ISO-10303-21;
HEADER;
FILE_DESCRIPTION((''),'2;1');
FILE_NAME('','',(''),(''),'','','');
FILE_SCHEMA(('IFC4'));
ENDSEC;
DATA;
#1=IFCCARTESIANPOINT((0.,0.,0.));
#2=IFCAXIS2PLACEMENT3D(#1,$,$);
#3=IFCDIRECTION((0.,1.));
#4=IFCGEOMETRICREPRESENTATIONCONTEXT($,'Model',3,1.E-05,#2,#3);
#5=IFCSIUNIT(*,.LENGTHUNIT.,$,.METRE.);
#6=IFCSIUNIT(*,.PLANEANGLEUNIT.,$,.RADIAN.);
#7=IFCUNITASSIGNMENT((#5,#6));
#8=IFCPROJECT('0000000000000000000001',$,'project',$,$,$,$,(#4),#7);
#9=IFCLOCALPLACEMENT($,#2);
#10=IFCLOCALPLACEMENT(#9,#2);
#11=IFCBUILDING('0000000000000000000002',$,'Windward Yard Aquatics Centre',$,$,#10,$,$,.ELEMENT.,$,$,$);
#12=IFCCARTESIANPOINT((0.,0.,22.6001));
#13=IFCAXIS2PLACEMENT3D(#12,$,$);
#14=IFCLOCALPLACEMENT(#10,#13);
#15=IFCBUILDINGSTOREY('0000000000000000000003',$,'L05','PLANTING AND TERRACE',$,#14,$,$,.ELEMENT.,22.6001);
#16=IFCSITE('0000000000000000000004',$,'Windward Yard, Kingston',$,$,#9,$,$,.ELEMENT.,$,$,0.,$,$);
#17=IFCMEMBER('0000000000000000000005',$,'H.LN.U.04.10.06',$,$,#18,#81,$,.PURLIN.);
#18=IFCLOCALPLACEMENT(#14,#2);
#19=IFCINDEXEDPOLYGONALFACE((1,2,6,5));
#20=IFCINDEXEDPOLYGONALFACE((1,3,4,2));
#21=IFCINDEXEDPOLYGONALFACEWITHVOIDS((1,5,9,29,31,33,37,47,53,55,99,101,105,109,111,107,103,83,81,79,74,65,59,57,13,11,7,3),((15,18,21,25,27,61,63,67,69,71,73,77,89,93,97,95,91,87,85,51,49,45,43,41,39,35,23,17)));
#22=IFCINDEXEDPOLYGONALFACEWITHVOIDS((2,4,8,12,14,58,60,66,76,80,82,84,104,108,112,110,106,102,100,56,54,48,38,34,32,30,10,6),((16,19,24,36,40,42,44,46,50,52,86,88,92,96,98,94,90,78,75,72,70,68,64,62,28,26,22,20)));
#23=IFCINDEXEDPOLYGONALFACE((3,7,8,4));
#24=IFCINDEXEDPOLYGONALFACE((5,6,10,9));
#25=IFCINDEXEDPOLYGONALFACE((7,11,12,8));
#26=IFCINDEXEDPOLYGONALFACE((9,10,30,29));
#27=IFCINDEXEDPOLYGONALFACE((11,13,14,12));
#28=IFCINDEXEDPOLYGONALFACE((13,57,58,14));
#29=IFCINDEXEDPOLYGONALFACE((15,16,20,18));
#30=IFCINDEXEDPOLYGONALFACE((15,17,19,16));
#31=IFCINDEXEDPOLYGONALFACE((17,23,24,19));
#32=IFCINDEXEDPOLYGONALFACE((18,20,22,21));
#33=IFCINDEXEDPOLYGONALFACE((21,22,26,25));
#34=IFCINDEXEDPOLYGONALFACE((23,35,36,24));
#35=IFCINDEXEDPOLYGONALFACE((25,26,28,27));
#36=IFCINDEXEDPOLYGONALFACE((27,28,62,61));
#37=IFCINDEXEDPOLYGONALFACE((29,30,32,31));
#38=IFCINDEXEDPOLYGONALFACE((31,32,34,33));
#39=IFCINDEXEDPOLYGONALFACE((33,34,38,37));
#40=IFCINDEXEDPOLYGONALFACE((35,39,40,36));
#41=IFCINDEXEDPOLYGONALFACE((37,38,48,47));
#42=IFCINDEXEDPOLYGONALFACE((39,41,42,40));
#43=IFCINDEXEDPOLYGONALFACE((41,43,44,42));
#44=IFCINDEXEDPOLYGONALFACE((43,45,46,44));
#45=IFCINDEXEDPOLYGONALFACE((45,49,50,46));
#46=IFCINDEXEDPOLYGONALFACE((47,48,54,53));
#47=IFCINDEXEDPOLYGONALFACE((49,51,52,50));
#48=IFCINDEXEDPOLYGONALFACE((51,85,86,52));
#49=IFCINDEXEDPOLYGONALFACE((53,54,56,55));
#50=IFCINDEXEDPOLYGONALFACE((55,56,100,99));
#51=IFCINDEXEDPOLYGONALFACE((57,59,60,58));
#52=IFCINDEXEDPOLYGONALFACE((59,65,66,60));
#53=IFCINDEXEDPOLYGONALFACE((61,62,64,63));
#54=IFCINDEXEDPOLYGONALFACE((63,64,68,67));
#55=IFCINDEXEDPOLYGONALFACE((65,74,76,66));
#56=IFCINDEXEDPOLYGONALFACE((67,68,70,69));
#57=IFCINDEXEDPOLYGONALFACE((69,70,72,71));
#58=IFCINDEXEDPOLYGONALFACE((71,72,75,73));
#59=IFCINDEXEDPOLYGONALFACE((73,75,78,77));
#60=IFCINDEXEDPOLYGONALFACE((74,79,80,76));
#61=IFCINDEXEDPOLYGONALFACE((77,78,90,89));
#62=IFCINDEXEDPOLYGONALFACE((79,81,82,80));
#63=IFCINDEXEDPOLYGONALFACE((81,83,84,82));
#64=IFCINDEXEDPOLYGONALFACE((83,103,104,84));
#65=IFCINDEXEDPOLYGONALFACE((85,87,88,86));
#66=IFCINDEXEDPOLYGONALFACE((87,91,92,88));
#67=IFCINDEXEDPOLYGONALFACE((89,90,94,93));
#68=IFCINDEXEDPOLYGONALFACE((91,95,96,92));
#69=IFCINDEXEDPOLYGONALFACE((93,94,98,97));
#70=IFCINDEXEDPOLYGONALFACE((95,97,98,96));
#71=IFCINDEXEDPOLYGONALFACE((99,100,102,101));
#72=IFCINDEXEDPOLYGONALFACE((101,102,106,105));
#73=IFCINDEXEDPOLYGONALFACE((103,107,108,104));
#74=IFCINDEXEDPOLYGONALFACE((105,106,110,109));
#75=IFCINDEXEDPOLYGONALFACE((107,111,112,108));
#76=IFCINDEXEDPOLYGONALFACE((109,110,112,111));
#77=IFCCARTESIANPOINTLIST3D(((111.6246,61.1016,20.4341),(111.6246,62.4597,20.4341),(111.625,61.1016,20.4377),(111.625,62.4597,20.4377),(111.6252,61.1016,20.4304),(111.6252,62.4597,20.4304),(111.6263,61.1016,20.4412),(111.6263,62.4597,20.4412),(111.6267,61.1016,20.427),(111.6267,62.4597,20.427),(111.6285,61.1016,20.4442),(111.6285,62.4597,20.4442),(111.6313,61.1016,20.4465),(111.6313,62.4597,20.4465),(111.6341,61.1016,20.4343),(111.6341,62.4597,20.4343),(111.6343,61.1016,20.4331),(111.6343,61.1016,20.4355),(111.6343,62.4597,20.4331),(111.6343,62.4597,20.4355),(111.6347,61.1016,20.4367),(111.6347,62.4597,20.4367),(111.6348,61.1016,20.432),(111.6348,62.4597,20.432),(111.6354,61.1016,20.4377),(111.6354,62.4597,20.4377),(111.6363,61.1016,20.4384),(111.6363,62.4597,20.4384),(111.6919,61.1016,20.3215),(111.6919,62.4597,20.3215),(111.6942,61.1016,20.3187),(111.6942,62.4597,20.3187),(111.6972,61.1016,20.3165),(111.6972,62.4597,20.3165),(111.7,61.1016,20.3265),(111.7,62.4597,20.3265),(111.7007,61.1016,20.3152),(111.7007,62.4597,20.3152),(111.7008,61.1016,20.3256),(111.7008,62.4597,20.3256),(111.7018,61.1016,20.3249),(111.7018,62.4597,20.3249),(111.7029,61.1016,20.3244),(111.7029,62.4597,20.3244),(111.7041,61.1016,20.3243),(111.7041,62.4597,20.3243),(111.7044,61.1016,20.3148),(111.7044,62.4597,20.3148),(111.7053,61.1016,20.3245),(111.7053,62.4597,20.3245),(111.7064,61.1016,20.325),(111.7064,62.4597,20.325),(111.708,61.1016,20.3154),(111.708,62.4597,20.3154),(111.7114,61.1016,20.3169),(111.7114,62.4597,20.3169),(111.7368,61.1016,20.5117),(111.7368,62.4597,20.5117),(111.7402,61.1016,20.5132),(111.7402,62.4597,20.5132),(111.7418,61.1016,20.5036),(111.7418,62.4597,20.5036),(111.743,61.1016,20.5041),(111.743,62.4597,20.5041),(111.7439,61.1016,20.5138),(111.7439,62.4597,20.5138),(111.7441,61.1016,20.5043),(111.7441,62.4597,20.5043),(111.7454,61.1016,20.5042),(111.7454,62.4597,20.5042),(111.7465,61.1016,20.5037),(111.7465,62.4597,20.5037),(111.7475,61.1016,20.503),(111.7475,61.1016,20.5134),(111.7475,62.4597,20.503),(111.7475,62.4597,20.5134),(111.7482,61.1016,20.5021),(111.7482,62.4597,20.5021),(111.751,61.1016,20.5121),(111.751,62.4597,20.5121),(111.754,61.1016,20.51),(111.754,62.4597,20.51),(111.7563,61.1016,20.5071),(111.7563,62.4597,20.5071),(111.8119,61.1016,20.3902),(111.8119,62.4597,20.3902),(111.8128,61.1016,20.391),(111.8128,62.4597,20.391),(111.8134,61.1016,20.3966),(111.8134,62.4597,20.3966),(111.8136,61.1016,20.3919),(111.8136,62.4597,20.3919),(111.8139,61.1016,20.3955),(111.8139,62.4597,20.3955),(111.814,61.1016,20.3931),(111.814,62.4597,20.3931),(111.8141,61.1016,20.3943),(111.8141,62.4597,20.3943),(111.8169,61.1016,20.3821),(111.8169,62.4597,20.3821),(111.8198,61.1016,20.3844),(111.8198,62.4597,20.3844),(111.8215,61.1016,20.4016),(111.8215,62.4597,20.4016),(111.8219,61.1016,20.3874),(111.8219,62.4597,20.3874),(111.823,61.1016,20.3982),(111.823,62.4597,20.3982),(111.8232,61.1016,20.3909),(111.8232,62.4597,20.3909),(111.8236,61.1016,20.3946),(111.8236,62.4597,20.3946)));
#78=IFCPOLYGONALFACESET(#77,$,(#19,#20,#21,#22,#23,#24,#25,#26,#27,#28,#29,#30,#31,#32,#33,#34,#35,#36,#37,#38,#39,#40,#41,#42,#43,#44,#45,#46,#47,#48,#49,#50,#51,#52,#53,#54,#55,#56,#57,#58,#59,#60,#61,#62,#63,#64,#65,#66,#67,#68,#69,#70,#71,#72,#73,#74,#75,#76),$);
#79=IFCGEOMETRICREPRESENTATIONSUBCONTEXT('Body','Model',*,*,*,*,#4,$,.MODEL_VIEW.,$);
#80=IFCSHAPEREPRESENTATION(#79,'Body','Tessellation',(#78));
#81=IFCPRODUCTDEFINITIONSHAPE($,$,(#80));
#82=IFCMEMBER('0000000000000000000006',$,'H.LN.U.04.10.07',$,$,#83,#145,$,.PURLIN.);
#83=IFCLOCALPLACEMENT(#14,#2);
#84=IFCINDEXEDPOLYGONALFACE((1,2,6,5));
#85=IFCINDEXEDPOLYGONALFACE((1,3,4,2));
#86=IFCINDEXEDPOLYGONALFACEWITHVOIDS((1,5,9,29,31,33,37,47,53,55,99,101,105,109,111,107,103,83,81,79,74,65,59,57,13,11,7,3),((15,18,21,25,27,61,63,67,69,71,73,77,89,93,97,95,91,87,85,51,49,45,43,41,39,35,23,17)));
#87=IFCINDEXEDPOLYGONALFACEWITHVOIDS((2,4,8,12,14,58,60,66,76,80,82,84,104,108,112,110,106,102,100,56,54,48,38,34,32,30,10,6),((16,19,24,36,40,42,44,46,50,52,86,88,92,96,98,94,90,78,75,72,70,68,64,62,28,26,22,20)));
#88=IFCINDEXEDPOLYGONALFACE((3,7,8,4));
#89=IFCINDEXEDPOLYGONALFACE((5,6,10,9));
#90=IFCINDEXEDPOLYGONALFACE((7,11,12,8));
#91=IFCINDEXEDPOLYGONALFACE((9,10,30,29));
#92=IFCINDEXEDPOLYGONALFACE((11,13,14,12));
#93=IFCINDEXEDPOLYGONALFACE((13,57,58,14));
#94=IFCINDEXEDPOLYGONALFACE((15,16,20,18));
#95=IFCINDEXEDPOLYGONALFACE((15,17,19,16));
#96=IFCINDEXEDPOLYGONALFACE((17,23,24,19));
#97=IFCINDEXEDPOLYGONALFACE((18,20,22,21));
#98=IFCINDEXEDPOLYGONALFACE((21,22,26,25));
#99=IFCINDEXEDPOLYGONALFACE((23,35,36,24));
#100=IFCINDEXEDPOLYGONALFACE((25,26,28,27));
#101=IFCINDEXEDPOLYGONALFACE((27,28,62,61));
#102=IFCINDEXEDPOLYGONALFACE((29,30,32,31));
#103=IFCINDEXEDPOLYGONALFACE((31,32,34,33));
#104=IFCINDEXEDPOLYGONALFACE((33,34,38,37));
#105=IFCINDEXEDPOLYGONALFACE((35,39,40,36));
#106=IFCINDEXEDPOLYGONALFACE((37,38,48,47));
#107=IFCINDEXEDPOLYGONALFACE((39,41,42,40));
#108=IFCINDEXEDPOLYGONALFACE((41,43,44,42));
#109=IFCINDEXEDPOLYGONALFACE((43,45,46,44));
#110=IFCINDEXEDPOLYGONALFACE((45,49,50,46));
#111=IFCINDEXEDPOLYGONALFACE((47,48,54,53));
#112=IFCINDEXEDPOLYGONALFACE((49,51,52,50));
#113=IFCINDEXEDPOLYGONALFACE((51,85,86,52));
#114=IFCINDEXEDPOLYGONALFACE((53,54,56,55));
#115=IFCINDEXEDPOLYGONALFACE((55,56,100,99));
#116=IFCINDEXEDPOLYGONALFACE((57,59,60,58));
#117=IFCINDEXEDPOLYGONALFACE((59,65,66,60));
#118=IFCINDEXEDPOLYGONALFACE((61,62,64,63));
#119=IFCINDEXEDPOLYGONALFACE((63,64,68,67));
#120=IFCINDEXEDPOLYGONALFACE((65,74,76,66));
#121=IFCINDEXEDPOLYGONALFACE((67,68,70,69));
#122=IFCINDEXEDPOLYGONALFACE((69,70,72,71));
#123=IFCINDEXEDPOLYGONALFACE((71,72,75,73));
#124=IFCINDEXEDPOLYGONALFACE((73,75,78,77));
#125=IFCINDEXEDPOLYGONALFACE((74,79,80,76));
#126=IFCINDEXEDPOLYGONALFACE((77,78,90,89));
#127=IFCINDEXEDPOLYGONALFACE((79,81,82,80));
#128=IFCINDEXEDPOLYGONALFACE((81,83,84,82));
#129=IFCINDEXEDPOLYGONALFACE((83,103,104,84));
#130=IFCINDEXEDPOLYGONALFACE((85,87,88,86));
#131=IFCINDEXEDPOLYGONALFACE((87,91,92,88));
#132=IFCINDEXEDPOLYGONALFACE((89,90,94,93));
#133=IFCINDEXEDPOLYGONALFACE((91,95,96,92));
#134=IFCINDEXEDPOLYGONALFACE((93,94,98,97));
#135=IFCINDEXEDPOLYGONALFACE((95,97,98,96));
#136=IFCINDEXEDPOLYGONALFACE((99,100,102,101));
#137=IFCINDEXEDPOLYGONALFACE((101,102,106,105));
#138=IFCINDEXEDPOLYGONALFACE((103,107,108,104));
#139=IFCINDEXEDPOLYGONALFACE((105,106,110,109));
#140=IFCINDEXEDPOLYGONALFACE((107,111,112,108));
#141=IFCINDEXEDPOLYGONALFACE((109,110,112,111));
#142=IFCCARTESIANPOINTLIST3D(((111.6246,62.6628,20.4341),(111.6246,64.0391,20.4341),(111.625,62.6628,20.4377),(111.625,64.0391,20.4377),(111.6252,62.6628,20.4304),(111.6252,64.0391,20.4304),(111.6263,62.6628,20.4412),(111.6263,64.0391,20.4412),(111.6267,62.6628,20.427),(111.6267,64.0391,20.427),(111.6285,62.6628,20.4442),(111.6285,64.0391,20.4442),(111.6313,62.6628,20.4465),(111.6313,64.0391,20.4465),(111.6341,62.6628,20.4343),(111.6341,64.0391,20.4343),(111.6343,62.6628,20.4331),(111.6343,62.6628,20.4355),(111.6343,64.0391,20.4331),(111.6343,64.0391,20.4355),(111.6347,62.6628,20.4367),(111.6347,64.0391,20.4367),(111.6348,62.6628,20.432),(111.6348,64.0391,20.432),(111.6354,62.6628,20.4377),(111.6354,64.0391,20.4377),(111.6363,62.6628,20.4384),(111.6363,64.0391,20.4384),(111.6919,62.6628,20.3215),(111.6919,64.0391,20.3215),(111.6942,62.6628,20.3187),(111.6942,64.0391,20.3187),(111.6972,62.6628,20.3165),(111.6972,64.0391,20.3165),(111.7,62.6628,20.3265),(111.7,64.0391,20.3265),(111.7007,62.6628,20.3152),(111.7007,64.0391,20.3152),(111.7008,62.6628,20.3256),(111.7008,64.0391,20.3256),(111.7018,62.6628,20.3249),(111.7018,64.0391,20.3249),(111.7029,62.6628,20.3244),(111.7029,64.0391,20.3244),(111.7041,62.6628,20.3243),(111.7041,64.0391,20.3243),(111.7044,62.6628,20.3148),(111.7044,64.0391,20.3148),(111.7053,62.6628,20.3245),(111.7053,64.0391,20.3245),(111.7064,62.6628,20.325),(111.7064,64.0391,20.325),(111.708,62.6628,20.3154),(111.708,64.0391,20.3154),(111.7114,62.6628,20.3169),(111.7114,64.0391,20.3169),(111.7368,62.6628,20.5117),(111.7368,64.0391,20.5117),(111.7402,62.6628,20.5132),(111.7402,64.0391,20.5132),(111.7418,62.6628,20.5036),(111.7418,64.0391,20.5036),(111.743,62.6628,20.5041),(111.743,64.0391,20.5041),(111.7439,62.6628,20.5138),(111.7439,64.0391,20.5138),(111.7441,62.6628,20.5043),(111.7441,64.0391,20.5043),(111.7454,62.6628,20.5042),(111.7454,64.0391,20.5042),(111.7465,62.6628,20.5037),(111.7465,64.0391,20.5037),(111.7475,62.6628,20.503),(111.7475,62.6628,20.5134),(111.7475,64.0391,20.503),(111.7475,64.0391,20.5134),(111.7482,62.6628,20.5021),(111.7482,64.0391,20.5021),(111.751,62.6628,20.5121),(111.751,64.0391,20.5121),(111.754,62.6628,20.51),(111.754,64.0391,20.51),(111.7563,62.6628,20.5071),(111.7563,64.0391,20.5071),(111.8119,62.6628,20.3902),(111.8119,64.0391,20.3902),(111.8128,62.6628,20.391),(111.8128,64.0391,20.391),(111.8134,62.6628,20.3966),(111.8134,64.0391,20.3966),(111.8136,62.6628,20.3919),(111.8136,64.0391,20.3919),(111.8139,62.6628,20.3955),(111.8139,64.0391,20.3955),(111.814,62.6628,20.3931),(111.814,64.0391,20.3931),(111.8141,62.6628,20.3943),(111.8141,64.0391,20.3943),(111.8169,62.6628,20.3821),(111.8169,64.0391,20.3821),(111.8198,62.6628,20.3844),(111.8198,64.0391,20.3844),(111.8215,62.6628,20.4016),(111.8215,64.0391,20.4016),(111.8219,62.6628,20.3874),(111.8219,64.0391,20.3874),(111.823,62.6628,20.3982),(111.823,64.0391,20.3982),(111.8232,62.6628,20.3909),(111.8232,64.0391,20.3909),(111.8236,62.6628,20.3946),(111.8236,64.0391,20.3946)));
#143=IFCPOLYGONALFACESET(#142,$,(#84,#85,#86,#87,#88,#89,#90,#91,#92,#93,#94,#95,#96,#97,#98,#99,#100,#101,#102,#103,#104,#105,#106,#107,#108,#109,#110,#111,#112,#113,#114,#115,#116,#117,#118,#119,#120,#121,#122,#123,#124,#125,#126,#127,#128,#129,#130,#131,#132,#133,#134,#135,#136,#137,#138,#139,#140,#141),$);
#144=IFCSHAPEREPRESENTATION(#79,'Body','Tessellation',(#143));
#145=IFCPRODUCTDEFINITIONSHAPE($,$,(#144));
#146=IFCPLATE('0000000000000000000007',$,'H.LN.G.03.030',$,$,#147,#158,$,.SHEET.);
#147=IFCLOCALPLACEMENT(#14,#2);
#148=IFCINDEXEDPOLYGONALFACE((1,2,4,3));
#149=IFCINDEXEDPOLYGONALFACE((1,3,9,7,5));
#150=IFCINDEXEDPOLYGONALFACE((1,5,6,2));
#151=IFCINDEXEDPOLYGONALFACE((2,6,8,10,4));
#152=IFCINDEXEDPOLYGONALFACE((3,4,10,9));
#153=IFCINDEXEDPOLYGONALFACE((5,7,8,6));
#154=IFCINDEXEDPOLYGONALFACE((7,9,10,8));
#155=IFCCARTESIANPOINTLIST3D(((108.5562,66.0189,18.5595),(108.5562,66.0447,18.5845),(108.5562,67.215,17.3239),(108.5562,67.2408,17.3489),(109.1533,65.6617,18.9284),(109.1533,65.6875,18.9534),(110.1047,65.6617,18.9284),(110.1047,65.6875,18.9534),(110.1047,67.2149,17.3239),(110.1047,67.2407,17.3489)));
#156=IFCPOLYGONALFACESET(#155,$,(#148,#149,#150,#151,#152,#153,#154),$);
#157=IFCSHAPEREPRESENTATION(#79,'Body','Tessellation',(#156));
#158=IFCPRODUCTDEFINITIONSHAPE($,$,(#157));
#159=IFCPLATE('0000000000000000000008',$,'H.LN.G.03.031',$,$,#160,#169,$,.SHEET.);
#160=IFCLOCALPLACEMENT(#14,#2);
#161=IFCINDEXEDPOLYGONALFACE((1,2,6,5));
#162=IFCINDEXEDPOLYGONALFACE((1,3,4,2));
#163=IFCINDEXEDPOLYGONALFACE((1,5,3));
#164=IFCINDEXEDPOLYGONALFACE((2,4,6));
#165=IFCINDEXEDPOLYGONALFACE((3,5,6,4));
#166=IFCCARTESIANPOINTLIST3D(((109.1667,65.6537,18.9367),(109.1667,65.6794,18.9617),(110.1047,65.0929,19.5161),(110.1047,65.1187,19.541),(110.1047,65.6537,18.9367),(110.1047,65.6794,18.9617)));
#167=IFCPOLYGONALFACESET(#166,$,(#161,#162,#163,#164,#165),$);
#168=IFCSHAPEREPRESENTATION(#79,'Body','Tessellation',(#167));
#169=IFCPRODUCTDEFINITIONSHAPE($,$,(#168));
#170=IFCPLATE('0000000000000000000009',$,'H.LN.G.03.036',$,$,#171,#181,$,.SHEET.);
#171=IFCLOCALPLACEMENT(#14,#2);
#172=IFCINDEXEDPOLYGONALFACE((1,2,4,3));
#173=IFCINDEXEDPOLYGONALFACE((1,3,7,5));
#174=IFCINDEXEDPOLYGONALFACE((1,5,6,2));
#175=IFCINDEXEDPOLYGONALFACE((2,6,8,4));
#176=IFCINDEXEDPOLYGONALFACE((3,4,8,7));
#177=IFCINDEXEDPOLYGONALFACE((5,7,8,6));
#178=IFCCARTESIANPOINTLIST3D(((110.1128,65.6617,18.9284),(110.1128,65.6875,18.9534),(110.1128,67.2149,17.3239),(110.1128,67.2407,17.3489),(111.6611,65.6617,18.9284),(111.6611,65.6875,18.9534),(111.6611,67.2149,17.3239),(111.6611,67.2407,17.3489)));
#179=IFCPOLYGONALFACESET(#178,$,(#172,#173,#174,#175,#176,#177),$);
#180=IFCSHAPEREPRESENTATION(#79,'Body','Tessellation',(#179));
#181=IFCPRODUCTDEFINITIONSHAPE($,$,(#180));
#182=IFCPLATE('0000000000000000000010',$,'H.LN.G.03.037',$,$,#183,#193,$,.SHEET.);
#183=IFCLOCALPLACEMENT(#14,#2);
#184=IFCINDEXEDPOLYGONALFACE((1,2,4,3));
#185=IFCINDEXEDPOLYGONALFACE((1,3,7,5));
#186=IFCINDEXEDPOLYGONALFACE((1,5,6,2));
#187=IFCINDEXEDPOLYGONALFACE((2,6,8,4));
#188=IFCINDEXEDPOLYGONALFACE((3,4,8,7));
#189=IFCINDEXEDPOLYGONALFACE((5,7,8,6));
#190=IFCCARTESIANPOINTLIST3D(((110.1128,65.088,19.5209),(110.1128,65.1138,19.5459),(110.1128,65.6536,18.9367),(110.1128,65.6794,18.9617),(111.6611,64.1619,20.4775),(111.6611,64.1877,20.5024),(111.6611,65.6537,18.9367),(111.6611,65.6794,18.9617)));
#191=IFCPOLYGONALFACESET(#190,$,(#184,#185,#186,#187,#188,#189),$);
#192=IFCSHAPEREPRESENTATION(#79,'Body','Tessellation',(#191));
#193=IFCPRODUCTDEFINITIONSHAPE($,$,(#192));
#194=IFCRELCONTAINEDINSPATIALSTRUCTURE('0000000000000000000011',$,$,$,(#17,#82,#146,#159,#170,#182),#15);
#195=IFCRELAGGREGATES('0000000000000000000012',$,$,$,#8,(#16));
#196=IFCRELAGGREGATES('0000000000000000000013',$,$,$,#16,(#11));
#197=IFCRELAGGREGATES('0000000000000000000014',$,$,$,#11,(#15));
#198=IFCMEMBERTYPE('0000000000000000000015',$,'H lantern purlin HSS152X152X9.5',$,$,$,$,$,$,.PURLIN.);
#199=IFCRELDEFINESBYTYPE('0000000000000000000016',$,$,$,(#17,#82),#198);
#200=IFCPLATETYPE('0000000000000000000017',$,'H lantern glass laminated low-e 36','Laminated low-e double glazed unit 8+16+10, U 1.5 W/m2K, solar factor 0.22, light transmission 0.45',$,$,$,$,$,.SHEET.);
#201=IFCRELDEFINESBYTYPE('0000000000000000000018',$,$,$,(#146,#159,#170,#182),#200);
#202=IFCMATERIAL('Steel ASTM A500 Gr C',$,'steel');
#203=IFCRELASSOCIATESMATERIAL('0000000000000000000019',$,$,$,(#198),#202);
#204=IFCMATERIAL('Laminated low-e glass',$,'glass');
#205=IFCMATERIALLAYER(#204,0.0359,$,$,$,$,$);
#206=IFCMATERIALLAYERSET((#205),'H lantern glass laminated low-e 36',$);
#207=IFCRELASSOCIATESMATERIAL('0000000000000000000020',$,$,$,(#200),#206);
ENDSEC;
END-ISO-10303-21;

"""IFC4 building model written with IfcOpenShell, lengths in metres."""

from ifc_helpers import new_model, si_unit, direction, frame, origin, origin_2d, place, context, subcontext, project, spatial, polyline, hollow_rectangle, outline, extrude, material, layer, layer_set, material_profile, profile_set, type_object, element, save


model = new_model("IFC4")

# Units and contexts
model_context = context("Model", 3, precision=1e-05, world=origin(), true_north=direction((0.0, 1.0)))
body_context = subcontext(model_context, "Body", "Model", "MODEL_VIEW")
ifc_project = project(units=[si_unit("LENGTHUNIT", "METRE"), si_unit("PLANEANGLEUNIT", "RADIAN")], contexts=[model_context])

# Site, building, storey
site_placement = place(None, origin())
site = spatial("IfcSite", under=ifc_project, at=site_placement, Name="Windward Yard, Kingston", CompositionType="ELEMENT", RefElevation=0.0)
building_placement = place(site_placement, origin())
building = spatial("IfcBuilding", under=site, at=building_placement, Name="Windward Yard Aquatics Centre", CompositionType="ELEMENT")
storey_placement = place(building_placement, frame((0.0, 0.0, 22.6001)))
storey = spatial("IfcBuildingStorey", under=building, at=storey_placement, Name="L05", Description="PLANTING AND TERRACE", CompositionType="ELEMENT", Elevation=22.6001)

# Members
ifc_material_1 = material(Name="Steel ASTM A500 Gr C", Category="steel")
ifc_material_profile = material_profile(ifc_material_1, hollow_rectangle(XDim=0.1523, YDim=0.1523, WallThickness=0.0095, InnerFilletRadius=0.0046, OuterFilletRadius=0.0142, at=origin_2d()), Name="HSS152X152X9.5")
ifc_profile_set = profile_set([ifc_material_profile], Name="Steel ASTM A500 Gr C")
member_type = type_object("IfcMemberType", Name="H lantern purlin HSS152X152X9.5", PredefinedType="PURLIN", material=ifc_profile_set)
member_1_placement = place(storey_placement, frame((111.7241, 61.1016, 20.4143), z_axis=(0.0, 1.0, 0.0), x_axis=(-0.850755, 0.0, -0.525562)))
element("IfcMember", 1, at=member_1_placement, inside=storey, type_object=member_type, Name="H.LN.U.04.10.06", PredefinedType="PURLIN", context=body_context, shape_type="SweptSolid", body=[
    extrude(hollow_rectangle(XDim=0.1523, YDim=0.1523, WallThickness=0.0095, InnerFilletRadius=0.0046, OuterFilletRadius=0.0142, at=origin_2d()), origin(), (0.0, 0.0, 1.0), 1.3582),
])
member_2_placement = place(storey_placement, frame((111.7241, 62.6628, 20.4143), z_axis=(0.0, 1.0, 0.0), x_axis=(-0.850755, 0.0, -0.525562)))
element("IfcMember", 2, at=member_2_placement, inside=storey, type_object=member_type, Name="H.LN.U.04.10.07", PredefinedType="PURLIN", context=body_context, shape_type="SweptSolid", body=[
    extrude(hollow_rectangle(XDim=0.1523, YDim=0.1523, WallThickness=0.0095, InnerFilletRadius=0.0046, OuterFilletRadius=0.0142, at=origin_2d()), origin(), (0.0, 0.0, 1.0), 1.3762),
])

# Plates
ifc_material_2 = material(Name="Laminated low-e glass", Category="glass")
ifc_layer = layer(ifc_material_2, 0.0359)
ifc_layer_set = layer_set([ifc_layer], Name="H lantern glass laminated low-e 36")
plate_type = type_object("IfcPlateType", Name="H lantern glass laminated low-e 36", Description="Laminated low-e double glazed unit 8+16+10, U 1.5 W/m2K, solar factor 0.22, light transmission 0.45", PredefinedType="SHEET", material=ifc_layer_set)
plate_1_placement = place(storey_placement, frame((108.5562, 66.0447, 18.5845), z_axis=(0.000017, 0.718496, 0.695531), x_axis=(0.0, 0.695531, -0.718496)))
element("IfcPlate", 3, at=plate_1_placement, inside=storey, type_object=plate_type, Name="H.LN.G.03.030", PredefinedType="SHEET", context=body_context, shape_type="SweptSolid", body=[
    extrude(outline(polyline([(0.0, 0.0), (1.7197, 0.0), (1.7197, -1.5486), (-0.5135, -1.5486), (-0.5135, -0.5972), (0.0, 0.0)])), origin(), (0.0, 0.0, -1.0), 0.0359),
])
plate_2_placement = place(storey_placement, frame((109.1667, 65.6794, 18.9617), z_axis=(0.0, 0.718519, 0.695507), x_axis=(1.0, 0.0, 0.0)))
element("IfcPlate", 4, at=plate_2_placement, inside=storey, type_object=plate_type, Name="H.LN.G.03.031", PredefinedType="SHEET", context=body_context, shape_type="SweptSolid", body=[
    extrude(outline(polyline([(0.0, 0.0), (0.938, 0.0), (0.938, -0.8063), (0.0, 0.0)])), origin(), (0.0, 0.0, -1.0), 0.0359),
])
plate_3_placement = place(storey_placement, frame((110.1128, 65.6875, 18.9534), z_axis=(0.0, 0.718493, 0.695534), x_axis=(0.0, 0.695534, -0.718493)))
element("IfcPlate", 5, at=plate_3_placement, inside=storey, type_object=plate_type, Name="H.LN.G.03.036", PredefinedType="SHEET", context=body_context, shape_type="SweptSolid", body=[
    extrude(outline(polyline([(0.0, 0.0), (2.2331, 0.0), (2.2331, -1.5483), (0.0, -1.5483), (0.0, 0.0)])), origin(), (0.0, 0.0, -1.0), 0.0359),
])
plate_4_placement = place(storey_placement, frame((110.1128, 65.1138, 19.5459), z_axis=(-0.000018, 0.718446, 0.695582), x_axis=(0.0, 0.695582, -0.718446)))
element("IfcPlate", 6, at=plate_4_placement, inside=storey, type_object=plate_type, Name="H.LN.G.03.037", PredefinedType="SHEET", context=body_context, shape_type="SweptSolid", body=[
    extrude(outline(polyline([(0.0, 0.0), (0.8132, 0.0), (0.8132, -1.5483), (-1.3314, -1.5483), (0.0, 0.0)])), origin(), (0.0, 0.0, -1.0), 0.0359),
])

save(model, "model.ifc")
